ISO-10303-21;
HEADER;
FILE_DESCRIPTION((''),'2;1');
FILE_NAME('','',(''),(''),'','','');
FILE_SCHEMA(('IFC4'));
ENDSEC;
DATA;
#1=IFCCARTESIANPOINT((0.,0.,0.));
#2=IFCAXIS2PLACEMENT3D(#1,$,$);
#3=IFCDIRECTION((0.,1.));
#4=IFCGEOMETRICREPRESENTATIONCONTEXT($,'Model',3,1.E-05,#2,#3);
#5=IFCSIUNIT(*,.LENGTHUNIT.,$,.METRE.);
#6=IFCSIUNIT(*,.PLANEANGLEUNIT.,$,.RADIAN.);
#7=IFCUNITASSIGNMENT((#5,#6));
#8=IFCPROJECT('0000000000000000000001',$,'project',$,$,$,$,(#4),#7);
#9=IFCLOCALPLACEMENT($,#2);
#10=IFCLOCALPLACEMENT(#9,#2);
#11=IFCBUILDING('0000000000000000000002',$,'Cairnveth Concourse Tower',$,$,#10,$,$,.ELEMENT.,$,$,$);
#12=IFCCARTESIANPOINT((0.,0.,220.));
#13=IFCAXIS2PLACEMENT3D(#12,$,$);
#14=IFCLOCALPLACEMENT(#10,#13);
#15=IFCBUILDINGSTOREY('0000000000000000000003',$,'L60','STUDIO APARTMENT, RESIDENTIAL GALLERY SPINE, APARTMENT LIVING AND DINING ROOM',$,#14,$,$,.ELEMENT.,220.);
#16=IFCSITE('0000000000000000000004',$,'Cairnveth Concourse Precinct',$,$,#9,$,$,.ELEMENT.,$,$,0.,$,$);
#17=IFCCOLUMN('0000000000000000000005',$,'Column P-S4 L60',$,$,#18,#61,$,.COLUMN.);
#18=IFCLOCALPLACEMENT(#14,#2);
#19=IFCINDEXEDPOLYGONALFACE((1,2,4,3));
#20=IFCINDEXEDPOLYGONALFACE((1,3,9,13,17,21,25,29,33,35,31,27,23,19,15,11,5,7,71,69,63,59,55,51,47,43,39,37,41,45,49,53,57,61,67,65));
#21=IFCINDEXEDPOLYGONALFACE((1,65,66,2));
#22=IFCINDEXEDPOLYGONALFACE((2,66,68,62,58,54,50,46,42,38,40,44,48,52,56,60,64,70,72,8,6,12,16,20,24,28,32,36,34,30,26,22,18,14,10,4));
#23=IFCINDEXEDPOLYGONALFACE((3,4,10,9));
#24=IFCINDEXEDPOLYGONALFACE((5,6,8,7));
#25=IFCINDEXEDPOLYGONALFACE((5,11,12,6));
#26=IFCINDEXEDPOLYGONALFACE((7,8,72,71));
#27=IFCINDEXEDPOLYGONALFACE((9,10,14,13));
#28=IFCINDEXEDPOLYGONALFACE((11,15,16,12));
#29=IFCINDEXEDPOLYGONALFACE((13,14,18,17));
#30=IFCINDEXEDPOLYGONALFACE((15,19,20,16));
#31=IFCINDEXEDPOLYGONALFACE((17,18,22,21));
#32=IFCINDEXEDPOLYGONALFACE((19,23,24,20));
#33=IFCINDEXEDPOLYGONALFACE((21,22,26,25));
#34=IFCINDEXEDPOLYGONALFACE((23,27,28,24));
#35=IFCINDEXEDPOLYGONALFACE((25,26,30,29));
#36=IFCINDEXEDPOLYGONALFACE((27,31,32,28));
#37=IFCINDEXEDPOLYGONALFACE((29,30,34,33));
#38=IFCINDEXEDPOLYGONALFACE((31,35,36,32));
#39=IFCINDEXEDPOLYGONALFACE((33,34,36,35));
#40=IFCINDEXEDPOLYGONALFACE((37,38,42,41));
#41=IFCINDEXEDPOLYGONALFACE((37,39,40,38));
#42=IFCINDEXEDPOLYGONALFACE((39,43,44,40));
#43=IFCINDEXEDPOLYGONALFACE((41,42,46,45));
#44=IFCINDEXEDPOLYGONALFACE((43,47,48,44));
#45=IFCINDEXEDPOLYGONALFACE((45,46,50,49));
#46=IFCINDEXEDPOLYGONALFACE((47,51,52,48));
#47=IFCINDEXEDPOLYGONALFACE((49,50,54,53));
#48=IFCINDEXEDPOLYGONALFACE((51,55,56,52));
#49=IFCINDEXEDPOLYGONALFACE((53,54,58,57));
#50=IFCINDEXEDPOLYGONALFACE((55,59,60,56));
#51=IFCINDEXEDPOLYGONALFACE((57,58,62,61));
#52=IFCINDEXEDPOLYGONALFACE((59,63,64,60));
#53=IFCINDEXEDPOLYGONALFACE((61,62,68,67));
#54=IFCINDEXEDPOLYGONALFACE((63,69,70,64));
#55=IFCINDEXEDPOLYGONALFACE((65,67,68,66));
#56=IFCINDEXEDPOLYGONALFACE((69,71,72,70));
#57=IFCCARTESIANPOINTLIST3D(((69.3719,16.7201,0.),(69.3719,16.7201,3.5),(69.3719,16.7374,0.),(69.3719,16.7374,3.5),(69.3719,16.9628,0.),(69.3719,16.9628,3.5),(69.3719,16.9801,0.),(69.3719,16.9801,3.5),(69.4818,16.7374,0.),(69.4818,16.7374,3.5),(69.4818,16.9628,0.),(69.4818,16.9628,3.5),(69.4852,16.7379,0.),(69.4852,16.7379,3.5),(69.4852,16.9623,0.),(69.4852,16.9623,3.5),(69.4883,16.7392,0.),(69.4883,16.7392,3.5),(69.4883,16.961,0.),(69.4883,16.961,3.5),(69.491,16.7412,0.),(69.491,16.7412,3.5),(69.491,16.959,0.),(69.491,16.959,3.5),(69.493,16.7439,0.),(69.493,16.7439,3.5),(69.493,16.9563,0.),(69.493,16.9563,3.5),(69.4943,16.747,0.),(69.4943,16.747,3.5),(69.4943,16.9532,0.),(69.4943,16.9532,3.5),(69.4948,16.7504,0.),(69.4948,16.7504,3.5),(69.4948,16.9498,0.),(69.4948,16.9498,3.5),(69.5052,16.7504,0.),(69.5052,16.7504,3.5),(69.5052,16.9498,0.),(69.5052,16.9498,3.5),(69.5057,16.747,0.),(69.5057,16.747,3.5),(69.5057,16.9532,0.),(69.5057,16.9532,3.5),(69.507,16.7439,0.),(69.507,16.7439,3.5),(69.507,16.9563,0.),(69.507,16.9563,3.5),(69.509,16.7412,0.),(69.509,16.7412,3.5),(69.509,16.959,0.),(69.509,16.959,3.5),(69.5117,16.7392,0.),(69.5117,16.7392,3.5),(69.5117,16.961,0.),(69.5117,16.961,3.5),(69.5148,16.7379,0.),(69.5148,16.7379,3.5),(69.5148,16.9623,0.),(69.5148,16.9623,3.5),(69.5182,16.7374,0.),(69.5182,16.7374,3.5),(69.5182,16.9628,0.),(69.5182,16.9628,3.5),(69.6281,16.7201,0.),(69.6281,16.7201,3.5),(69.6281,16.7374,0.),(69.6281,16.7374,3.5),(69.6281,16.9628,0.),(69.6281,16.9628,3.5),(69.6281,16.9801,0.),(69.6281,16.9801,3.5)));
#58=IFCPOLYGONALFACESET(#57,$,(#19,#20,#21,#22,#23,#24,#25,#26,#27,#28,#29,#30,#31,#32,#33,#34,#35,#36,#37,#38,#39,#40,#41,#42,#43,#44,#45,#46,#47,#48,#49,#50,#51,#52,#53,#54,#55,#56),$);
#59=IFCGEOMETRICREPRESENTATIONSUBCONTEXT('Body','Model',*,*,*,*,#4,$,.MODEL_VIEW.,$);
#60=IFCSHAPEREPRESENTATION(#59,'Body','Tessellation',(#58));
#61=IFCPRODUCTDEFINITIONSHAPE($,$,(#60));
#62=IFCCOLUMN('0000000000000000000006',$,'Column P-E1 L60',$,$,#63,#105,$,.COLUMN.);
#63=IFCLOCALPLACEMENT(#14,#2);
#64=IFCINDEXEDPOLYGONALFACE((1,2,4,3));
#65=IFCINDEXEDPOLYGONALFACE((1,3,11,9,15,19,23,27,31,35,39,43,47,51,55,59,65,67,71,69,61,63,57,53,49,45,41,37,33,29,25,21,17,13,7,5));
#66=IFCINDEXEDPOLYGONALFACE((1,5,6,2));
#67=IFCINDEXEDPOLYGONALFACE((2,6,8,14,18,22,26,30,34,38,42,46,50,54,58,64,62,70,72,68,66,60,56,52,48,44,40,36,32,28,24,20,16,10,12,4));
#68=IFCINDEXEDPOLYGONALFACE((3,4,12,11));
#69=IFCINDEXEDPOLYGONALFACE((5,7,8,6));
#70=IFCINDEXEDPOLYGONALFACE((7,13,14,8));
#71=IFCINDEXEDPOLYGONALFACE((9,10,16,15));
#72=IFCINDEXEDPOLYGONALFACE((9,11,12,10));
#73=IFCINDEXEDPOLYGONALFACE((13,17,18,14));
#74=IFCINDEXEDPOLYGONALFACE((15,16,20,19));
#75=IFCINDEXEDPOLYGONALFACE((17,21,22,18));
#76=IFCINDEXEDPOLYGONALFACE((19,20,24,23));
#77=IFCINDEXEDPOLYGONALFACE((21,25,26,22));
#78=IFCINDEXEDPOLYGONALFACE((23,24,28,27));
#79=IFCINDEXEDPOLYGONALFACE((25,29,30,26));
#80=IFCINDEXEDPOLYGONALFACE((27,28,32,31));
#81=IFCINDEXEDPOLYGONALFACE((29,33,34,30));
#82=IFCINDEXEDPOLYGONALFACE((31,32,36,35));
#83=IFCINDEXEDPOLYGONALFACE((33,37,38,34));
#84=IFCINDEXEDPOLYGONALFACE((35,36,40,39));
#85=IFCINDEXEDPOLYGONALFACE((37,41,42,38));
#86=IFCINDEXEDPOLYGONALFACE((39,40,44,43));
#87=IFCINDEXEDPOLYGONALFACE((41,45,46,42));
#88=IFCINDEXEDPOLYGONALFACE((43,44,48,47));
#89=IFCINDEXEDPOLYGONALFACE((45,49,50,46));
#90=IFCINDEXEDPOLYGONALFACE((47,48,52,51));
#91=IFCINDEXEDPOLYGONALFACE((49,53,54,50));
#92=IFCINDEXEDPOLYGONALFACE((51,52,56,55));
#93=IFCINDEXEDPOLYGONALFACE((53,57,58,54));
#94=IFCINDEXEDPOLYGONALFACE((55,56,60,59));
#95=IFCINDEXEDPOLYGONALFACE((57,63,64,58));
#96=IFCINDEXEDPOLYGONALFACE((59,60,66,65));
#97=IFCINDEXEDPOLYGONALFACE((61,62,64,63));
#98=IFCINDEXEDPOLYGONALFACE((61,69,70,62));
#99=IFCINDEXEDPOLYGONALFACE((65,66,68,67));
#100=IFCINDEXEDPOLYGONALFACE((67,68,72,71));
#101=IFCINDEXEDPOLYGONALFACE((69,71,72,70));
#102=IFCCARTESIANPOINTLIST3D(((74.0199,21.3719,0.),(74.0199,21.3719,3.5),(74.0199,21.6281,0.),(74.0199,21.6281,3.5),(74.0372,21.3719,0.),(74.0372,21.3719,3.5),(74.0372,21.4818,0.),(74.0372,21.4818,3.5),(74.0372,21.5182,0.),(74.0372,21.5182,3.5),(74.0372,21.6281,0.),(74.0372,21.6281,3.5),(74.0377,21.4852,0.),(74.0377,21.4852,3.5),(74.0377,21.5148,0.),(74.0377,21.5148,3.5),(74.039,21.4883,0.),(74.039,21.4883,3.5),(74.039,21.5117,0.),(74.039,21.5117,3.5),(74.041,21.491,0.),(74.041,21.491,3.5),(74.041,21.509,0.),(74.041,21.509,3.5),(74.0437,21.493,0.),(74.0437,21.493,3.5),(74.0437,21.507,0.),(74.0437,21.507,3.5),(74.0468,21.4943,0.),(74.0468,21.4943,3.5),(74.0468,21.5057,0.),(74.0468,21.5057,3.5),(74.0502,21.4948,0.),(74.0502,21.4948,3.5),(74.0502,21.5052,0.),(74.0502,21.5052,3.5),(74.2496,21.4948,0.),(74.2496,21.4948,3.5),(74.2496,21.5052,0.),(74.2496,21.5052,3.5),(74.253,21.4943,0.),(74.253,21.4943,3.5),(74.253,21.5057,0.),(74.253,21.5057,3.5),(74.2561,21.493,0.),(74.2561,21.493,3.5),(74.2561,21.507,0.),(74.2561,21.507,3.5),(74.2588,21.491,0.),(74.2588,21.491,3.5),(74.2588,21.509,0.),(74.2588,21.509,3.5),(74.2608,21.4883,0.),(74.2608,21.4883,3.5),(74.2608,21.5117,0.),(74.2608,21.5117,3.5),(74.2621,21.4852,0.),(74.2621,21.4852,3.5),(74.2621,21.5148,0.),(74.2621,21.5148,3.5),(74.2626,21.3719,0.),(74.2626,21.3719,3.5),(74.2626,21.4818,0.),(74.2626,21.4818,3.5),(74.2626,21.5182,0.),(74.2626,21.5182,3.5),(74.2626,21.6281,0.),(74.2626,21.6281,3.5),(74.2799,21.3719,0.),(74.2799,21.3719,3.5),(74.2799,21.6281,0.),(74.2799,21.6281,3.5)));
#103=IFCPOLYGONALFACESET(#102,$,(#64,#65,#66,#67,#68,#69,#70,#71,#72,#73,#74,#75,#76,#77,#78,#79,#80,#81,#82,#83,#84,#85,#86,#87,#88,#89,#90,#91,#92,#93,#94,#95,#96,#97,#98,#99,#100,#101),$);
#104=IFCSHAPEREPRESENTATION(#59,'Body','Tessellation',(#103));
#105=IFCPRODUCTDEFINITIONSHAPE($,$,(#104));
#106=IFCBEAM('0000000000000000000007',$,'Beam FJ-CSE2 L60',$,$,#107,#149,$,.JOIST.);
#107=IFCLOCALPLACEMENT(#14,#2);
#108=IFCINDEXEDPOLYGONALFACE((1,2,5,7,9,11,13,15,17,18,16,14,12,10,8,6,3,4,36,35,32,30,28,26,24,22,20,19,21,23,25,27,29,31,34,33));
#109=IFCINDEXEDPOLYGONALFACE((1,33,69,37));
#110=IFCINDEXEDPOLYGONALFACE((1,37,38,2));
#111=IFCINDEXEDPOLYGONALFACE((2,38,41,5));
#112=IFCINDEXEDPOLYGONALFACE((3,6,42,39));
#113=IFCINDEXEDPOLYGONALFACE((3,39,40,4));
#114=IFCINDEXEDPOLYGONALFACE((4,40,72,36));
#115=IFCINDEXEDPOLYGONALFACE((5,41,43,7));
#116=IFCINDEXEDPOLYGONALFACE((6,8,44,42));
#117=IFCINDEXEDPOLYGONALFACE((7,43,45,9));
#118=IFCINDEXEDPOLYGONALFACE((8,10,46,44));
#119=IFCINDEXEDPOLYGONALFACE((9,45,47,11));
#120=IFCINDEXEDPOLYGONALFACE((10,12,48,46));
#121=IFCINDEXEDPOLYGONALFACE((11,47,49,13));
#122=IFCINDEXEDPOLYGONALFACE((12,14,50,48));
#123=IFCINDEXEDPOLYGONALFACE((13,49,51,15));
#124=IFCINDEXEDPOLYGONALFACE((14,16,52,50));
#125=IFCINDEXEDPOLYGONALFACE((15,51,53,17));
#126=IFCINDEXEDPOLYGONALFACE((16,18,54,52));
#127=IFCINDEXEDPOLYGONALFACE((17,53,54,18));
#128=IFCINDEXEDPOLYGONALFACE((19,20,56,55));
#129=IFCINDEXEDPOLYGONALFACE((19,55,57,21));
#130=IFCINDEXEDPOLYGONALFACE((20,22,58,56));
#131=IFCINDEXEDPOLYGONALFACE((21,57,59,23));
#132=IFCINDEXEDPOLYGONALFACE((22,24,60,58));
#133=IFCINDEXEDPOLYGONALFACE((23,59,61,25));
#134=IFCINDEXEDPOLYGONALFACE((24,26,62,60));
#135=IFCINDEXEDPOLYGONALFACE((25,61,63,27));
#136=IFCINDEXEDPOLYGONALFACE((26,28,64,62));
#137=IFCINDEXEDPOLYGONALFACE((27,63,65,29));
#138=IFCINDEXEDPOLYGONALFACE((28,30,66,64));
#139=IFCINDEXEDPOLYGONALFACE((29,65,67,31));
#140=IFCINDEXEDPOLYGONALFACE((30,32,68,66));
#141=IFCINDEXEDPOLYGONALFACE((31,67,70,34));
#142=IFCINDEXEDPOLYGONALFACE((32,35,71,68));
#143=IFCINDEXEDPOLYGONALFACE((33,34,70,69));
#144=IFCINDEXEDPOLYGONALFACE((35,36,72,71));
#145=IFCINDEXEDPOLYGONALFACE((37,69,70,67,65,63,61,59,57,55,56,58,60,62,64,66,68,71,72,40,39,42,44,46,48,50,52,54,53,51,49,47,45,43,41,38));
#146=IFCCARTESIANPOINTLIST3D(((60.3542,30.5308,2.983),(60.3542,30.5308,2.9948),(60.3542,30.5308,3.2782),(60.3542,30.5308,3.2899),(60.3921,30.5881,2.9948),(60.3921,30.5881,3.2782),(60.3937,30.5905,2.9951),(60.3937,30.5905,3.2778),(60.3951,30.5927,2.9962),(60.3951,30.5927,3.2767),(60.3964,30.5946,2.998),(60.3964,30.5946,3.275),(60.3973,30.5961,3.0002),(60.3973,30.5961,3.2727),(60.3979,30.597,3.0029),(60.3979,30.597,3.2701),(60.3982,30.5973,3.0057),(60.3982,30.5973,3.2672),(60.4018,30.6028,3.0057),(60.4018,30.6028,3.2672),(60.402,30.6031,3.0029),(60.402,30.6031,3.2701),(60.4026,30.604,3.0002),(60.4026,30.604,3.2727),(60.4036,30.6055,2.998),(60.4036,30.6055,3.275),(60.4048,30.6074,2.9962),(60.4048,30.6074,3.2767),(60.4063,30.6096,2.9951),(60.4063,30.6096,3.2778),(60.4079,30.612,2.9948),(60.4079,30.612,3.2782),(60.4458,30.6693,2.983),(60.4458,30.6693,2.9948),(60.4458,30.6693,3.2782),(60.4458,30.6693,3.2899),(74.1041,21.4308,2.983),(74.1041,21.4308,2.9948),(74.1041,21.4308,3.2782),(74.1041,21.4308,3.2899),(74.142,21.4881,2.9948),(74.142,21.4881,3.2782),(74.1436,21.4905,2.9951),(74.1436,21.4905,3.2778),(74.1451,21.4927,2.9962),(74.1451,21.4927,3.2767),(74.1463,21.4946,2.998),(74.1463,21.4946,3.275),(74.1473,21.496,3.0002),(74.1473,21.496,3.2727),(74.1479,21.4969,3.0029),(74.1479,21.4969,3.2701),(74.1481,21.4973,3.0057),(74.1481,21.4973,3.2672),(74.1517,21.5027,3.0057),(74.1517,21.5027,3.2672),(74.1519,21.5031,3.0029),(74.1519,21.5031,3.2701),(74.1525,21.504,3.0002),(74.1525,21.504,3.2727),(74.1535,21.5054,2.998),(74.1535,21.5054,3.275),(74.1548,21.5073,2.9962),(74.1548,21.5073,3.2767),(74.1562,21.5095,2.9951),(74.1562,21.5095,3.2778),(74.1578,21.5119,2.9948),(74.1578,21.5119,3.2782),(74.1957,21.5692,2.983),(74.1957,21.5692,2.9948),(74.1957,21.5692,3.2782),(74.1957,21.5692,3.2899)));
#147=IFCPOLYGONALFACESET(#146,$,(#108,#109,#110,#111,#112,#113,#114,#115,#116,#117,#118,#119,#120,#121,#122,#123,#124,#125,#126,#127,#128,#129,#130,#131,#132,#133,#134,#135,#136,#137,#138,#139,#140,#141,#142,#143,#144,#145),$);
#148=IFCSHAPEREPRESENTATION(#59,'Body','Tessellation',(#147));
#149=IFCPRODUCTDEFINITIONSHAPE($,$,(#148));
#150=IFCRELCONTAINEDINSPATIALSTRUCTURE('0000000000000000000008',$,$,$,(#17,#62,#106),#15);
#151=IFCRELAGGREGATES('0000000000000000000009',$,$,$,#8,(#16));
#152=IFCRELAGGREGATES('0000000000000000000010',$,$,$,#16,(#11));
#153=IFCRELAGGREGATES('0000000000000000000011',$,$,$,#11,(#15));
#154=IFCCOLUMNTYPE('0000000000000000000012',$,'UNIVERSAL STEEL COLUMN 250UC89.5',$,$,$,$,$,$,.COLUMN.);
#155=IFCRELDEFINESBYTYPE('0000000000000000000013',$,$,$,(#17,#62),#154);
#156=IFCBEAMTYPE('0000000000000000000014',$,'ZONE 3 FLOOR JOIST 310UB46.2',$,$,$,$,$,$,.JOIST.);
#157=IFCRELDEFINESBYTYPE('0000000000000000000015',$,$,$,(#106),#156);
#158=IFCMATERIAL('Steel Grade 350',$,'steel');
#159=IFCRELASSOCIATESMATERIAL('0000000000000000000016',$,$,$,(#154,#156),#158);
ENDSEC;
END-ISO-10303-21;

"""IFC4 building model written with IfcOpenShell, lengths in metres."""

from ifc_helpers import new_model, si_unit, direction, frame, origin, origin_2d, place, context, subcontext, project, spatial, i_section, extrude, material, material_profile, profile_set, type_object, element, save


model = new_model("IFC4")

# Units and contexts
model_context = context("Model", 3, precision=1e-05, world=origin(), true_north=direction((0.0, 1.0)))
body_context = subcontext(model_context, "Body", "Model", "MODEL_VIEW")
ifc_project = project(units=[si_unit("LENGTHUNIT", "METRE"), si_unit("PLANEANGLEUNIT", "RADIAN")], contexts=[model_context])

# Site, building, storey
site_placement = place(None, origin())
site = spatial("IfcSite", under=ifc_project, at=site_placement, Name="Cairnveth Concourse Precinct", CompositionType="ELEMENT", RefElevation=0.0)
building_placement = place(site_placement, origin())
building = spatial("IfcBuilding", under=site, at=building_placement, Name="Cairnveth Concourse Tower", CompositionType="ELEMENT")
storey_placement = place(building_placement, frame((0.0, 0.0, 220.0)))
storey = spatial("IfcBuildingStorey", under=building, at=storey_placement, Name="L60", Description="STUDIO APARTMENT, RESIDENTIAL GALLERY SPINE, APARTMENT LIVING AND DINING ROOM", CompositionType="ELEMENT", Elevation=220.0)

# Columns
ifc_material_1 = material(Name="Steel Grade 350", Category="steel")
ifc_material_profile_1 = material_profile(ifc_material_1, i_section(OverallWidth=0.2561, OverallDepth=0.26, WebThickness=0.0105, FlangeThickness=0.0173, FilletRadius=0.0129, at=origin_2d()), Name="250UC89.5")
ifc_profile_set_1 = profile_set([ifc_material_profile_1], Name="Steel Grade 350")
column_type = type_object("IfcColumnType", Name="UNIVERSAL STEEL COLUMN 250UC89.5", PredefinedType="COLUMN", material=ifc_profile_set_1)
for number, where, z_axis, x_axis, name in (
    (1, (69.5, 16.8501, 0.0), (0.0, 0.0, 1.0), (1.0, 0.0, 0.0), "Column P-S4 L60"),
    (2, (74.1499, 21.5, 0.0), (0.0, 0.0, 1.0), (0.0, 1.0, 0.0), "Column P-E1 L60"),
):
    element("IfcColumn", number, at=place(storey_placement, frame(where, z_axis=z_axis, x_axis=x_axis)), inside=storey, type_object=column_type, Name=name, PredefinedType="COLUMN", context=body_context, shape_type="SweptSolid", body=[
        extrude(i_section(OverallWidth=0.2561, OverallDepth=0.26, WebThickness=0.0105, FlangeThickness=0.0173, FilletRadius=0.0129, at=origin_2d()), origin(), (0.0, 0.0, 1.0), 3.5),
    ])

# Beam
ifc_material_profile_2 = material_profile(ifc_material_1, i_section(OverallWidth=0.166, OverallDepth=0.3069, WebThickness=0.0066, FlangeThickness=0.0117, FilletRadius=0.011, at=origin_2d()), Name="310UB46.2")
ifc_profile_set_2 = profile_set([ifc_material_profile_2], Name="Steel Grade 350")
beam_type_1 = type_object("IfcBeamType", Name="ZONE 3 FLOOR JOIST 310UB46.2", PredefinedType="JOIST", material=ifc_profile_set_2)
beam_1_placement = place(storey_placement, frame((74.1499, 21.5, 3.1365), z_axis=(-0.833909, 0.551902, 0.0), x_axis=(-0.551902, -0.833909, 0.0)))
element("IfcBeam", 3, at=beam_1_placement, inside=storey, type_object=beam_type_1, Name="Beam FJ-CSE2 L60", PredefinedType="JOIST", context=body_context, shape_type="SweptSolid", body=[
    extrude(i_section(OverallWidth=0.166, OverallDepth=0.3069, WebThickness=0.0066, FlangeThickness=0.0117, FilletRadius=0.011, at=origin_2d()), origin(), (0.0, 0.0, 1.0), 16.4885),
])

save(model, "model.ifc")
